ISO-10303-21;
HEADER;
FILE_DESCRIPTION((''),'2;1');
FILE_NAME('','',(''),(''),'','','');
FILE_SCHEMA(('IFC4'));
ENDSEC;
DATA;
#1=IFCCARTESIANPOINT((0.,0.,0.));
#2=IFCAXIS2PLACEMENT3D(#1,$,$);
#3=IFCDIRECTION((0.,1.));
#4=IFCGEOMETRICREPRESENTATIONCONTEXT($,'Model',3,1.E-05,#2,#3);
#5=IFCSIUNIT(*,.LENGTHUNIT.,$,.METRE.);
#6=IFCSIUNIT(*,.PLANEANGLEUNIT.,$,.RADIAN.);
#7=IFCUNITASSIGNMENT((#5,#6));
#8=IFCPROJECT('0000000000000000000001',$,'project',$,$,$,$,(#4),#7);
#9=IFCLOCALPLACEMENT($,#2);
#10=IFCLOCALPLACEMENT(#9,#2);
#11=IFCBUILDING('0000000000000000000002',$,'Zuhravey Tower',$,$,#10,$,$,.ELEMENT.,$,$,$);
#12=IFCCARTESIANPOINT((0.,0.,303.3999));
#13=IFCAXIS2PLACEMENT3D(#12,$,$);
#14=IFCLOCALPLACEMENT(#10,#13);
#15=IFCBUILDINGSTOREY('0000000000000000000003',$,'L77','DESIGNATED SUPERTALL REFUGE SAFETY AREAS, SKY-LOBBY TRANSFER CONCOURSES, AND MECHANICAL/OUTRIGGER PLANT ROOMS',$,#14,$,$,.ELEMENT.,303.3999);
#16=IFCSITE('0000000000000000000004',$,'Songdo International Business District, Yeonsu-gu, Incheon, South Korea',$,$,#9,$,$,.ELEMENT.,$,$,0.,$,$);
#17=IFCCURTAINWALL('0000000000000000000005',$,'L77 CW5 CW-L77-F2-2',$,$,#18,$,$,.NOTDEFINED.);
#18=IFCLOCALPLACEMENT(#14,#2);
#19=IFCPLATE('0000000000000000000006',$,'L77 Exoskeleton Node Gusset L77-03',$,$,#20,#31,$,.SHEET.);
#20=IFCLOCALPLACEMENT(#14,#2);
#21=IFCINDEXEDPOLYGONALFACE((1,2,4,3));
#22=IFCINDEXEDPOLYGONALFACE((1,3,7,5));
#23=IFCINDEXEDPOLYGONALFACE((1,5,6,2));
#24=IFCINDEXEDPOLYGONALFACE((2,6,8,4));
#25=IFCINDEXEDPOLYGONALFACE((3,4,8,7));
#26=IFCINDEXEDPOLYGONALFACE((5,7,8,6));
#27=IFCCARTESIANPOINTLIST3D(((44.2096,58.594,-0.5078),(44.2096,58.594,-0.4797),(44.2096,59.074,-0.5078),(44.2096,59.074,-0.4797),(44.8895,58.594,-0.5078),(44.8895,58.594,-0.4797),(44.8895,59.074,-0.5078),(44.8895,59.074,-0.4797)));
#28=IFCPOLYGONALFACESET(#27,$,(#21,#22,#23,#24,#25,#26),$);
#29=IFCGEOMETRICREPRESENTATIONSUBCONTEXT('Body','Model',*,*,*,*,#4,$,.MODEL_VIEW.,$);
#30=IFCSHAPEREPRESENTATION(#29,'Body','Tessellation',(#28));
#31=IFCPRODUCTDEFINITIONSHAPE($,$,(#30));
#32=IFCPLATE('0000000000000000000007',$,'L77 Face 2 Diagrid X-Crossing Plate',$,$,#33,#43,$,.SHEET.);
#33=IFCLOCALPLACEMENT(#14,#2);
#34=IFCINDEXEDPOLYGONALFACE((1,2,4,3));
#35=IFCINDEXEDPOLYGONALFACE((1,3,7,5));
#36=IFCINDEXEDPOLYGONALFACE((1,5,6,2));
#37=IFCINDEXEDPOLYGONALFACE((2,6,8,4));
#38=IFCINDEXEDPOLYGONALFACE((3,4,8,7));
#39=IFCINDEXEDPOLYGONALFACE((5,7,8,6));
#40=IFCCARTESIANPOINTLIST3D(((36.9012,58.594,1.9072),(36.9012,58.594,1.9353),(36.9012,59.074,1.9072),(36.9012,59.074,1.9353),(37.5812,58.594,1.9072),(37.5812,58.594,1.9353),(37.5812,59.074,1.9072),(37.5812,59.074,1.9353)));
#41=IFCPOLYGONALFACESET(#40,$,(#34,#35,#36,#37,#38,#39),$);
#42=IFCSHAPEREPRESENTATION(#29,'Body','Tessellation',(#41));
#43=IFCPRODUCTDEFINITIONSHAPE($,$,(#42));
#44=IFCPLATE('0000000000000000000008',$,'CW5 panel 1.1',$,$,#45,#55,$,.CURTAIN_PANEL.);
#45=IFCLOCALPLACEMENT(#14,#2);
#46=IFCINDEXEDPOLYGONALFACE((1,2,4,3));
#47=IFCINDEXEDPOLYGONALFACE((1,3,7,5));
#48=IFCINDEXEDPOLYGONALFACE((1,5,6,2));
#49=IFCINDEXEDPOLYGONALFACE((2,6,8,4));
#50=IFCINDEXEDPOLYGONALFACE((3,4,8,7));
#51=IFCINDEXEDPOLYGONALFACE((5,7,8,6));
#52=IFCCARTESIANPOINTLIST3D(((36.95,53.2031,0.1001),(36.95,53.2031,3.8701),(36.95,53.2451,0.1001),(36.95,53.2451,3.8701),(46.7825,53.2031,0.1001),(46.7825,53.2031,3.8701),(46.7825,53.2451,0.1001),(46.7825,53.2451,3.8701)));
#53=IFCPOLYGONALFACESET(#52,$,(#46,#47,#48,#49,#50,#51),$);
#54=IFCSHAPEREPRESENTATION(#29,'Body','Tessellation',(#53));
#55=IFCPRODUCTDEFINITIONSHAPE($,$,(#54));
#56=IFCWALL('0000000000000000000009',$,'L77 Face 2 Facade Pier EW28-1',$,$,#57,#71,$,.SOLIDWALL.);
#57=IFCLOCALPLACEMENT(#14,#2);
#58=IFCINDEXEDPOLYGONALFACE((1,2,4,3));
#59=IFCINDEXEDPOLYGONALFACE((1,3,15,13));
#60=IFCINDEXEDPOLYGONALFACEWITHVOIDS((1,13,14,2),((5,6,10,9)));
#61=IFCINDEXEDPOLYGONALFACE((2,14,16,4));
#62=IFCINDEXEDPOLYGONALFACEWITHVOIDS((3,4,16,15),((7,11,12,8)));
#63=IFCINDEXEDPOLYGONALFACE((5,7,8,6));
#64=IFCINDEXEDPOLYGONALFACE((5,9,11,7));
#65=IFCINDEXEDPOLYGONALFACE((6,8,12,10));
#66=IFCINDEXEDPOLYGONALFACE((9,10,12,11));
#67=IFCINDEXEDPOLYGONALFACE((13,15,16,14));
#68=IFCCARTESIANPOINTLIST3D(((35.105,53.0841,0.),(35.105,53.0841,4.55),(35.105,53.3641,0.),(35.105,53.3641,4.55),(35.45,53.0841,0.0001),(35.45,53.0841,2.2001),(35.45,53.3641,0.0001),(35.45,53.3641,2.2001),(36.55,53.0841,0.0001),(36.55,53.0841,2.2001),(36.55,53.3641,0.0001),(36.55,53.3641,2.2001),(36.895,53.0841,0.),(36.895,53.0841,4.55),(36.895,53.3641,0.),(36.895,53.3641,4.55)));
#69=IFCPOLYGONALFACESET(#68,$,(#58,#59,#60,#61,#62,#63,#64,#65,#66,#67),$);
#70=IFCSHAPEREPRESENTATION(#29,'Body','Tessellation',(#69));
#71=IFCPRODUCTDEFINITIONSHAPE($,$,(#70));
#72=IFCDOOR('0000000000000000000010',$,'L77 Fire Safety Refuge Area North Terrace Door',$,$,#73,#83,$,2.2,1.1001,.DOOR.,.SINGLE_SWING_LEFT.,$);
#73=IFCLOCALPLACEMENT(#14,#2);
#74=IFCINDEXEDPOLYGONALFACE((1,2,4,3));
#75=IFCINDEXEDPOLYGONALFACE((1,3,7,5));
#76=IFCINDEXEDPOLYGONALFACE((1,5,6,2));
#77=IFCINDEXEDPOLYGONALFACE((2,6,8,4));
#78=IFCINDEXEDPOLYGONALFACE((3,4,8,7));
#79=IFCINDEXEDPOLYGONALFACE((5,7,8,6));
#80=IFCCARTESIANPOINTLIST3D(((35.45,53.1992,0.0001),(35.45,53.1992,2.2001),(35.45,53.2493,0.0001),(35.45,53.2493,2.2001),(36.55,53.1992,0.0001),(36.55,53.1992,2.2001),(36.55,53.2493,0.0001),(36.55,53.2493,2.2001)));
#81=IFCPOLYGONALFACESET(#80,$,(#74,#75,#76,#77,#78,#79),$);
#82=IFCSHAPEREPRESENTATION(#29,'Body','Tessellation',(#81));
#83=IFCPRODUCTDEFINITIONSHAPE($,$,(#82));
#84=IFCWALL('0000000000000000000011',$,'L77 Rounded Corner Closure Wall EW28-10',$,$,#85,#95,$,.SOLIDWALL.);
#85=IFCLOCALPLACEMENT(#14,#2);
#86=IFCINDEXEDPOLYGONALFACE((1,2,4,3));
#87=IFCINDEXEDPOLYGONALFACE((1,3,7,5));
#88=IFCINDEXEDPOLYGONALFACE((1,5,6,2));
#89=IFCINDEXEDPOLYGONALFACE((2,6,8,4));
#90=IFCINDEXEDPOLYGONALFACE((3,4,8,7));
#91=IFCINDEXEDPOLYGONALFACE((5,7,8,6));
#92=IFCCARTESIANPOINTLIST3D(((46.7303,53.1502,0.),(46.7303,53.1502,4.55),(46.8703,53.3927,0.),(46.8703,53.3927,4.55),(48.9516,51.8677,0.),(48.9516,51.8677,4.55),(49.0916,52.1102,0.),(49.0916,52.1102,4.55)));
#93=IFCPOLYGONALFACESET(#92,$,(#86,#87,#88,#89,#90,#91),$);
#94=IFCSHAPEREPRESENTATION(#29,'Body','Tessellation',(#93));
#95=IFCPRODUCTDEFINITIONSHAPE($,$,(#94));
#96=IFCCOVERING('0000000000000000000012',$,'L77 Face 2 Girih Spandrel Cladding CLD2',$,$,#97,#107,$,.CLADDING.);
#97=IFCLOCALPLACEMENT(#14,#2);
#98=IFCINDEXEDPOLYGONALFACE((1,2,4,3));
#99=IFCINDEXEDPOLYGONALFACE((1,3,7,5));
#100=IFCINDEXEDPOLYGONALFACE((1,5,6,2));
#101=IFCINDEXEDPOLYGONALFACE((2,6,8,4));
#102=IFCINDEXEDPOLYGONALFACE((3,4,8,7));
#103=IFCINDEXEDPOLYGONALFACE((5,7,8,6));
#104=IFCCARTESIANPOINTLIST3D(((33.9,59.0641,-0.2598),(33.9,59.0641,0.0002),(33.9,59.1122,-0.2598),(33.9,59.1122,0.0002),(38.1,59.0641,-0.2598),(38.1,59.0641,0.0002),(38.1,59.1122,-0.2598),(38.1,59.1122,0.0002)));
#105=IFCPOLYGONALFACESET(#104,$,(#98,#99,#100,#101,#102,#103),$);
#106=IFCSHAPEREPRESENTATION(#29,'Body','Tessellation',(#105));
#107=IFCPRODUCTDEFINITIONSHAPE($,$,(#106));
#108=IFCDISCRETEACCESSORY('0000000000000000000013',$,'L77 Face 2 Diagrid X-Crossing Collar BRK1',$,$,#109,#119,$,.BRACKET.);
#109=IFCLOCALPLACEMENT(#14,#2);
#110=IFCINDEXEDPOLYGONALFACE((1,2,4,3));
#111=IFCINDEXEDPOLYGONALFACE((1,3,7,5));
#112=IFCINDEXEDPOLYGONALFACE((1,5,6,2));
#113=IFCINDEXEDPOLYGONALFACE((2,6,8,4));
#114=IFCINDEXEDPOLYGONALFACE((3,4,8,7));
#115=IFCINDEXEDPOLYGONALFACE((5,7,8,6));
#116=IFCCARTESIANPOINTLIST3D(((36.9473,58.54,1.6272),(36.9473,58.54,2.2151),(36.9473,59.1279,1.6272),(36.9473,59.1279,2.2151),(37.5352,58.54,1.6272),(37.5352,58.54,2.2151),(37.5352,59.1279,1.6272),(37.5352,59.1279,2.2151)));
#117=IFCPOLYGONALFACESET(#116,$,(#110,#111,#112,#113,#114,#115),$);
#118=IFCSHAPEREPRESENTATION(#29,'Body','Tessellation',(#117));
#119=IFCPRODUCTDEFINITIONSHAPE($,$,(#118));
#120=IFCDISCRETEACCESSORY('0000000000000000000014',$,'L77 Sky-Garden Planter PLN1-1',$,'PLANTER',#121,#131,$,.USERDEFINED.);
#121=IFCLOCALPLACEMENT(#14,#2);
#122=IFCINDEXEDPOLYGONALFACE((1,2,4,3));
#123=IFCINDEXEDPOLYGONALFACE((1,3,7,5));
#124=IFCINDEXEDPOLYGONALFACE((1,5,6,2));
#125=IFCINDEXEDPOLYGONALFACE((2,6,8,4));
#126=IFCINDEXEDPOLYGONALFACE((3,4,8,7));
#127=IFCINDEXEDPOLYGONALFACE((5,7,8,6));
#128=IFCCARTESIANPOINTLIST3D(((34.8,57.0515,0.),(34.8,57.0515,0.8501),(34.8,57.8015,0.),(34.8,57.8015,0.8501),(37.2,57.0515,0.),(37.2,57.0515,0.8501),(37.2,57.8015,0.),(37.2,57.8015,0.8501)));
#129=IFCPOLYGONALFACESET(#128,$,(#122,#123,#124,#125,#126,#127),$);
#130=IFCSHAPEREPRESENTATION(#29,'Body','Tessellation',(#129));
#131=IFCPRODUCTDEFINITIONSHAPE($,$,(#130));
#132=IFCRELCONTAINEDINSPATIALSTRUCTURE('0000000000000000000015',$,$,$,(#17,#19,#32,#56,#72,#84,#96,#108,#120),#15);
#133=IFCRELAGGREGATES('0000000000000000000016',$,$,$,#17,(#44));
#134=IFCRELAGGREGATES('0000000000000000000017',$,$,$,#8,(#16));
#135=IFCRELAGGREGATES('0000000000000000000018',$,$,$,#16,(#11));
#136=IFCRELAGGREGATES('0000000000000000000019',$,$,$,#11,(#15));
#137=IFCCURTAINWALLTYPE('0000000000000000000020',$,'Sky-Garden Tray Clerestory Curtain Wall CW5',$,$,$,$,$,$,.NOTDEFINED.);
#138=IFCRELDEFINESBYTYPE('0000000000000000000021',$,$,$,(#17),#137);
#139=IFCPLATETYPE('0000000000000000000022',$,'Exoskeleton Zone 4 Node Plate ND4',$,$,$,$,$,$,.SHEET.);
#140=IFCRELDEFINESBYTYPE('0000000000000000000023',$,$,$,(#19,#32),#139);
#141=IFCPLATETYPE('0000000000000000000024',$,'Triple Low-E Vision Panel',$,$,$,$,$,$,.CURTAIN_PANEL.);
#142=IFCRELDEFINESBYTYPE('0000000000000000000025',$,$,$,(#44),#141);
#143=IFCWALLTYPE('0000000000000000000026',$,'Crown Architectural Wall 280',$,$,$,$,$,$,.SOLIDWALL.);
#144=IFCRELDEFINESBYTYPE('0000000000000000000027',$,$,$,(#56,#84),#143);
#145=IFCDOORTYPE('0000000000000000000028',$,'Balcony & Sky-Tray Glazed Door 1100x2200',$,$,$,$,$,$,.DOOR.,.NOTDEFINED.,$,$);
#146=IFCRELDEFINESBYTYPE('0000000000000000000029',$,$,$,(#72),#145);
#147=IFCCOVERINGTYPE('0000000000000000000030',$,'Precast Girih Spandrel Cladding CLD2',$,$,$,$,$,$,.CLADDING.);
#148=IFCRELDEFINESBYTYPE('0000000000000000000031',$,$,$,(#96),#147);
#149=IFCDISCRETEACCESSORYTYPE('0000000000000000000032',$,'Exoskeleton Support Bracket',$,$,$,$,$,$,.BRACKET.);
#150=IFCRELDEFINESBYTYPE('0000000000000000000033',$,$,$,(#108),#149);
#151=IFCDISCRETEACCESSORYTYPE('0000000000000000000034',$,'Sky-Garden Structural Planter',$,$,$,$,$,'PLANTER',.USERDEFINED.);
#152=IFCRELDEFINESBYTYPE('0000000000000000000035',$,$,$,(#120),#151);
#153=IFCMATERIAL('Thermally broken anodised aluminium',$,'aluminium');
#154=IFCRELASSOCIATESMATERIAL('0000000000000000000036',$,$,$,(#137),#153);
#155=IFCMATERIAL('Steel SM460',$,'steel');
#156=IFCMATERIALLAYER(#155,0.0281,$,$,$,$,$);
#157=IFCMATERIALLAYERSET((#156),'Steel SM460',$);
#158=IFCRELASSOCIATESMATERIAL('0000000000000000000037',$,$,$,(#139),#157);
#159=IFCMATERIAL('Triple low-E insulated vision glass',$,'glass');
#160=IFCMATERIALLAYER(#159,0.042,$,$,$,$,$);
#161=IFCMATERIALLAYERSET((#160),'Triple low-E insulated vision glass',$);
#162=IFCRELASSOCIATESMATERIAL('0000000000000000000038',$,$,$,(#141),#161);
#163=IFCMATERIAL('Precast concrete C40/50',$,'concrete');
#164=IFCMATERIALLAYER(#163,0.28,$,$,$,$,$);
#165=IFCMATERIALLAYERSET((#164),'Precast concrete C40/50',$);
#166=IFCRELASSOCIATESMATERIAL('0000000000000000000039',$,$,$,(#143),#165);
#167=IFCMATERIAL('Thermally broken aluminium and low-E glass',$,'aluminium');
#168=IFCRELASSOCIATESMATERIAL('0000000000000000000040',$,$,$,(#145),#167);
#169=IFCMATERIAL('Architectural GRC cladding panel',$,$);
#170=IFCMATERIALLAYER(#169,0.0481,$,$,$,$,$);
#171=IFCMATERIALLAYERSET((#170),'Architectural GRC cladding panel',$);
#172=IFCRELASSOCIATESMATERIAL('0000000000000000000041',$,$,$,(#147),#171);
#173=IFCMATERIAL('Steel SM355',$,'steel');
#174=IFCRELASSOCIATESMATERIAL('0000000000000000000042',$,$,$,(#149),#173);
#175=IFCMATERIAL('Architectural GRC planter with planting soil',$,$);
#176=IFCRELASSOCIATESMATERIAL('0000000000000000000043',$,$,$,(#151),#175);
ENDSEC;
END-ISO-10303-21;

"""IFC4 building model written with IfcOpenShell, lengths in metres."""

from ifc_helpers import new_model, si_unit, direction, frame, frame_2d, origin, origin_2d, place, context, subcontext, project, spatial, rectangle, extrude, material, layer, layer_set, type_object, element, fill, aggregate, save


model = new_model("IFC4")

# Units and contexts
model_context = context("Model", 3, precision=1e-05, world=origin(), true_north=direction((0.0, 1.0)))
body_context = subcontext(model_context, "Body", "Model", "MODEL_VIEW")
ifc_project = project(units=[si_unit("LENGTHUNIT", "METRE"), si_unit("PLANEANGLEUNIT", "RADIAN")], contexts=[model_context])

# Site, building, storey
site_placement = place(None, origin())
site = spatial("IfcSite", under=ifc_project, at=site_placement, Name="Songdo International Business District, Yeonsu-gu, Incheon, South Korea", CompositionType="ELEMENT", RefElevation=0.0)
building_placement = place(site_placement, origin())
building = spatial("IfcBuilding", under=site, at=building_placement, Name="Zuhravey Tower", CompositionType="ELEMENT")
storey_placement = place(building_placement, frame((0.0, 0.0, 303.3999)))
storey = spatial("IfcBuildingStorey", under=building, at=storey_placement, Name="L77", Description="DESIGNATED SUPERTALL REFUGE SAFETY AREAS, SKY-LOBBY TRANSFER CONCOURSES, AND MECHANICAL/OUTRIGGER PLANT ROOMS", CompositionType="ELEMENT", Elevation=303.3999)

# Shared definitions
ifc_material_1 = material(Name="Steel SM355", Category="steel")

# Shared definitions
ifc_material_2 = material(Name="Steel SM460", Category="steel")

# Shared definitions
ifc_material_3 = material(Name="Thermally broken anodised aluminium", Category="aluminium")
curtain_wall_type = type_object("IfcCurtainWallType", Name="Sky-Garden Tray Clerestory Curtain Wall CW5", PredefinedType="NOTDEFINED", material=ifc_material_3)

# Curtain wall
curtain_wall_1_placement = place(storey_placement, origin())
curtain_wall_1 = element("IfcCurtainWall", 1, at=curtain_wall_1_placement, inside=storey, type_object=curtain_wall_type, Name="L77 CW5 CW-L77-F2-2", PredefinedType="NOTDEFINED")

# Plates
ifc_layer_1 = layer(ifc_material_2, 0.0281)
ifc_layer_set_1 = layer_set([ifc_layer_1], Name="Steel SM460")
plate_type_1 = type_object("IfcPlateType", Name="Exoskeleton Zone 4 Node Plate ND4", PredefinedType="SHEET", material=ifc_layer_set_1)
for number, where, z_axis, x_axis, name in (
    (2, (44.5496, 58.834, -0.5078), (0.0, 0.0, 1.0), (-1.0, 0.0, 0.0), "L77 Exoskeleton Node Gusset L77-03"),
    (3, (37.2412, 58.834, 1.9072), (0.0, 0.0, 1.0), (-1.0, 0.0, 0.0), "L77 Face 2 Diagrid X-Crossing Plate"),
):
    element("IfcPlate", number, at=place(storey_placement, frame(where, z_axis=z_axis, x_axis=x_axis)), inside=storey, type_object=plate_type_1, Name=name, PredefinedType="SHEET", context=body_context, shape_type="SweptSolid", body=[
        extrude(rectangle(XDim=0.6799, YDim=0.48, at=origin_2d()), origin(), (0.0, 0.0, 1.0), 0.0281),
    ])

# Plate
ifc_material_4 = material(Name="Triple low-E insulated vision glass", Category="glass")
ifc_layer_2 = layer(ifc_material_4, 0.042)
ifc_layer_set_2 = layer_set([ifc_layer_2], Name="Triple low-E insulated vision glass")
plate_type_2 = type_object("IfcPlateType", Name="Triple Low-E Vision Panel", PredefinedType="CURTAIN_PANEL", material=ifc_layer_set_2)
plate_1_placement = place(storey_placement, frame((41.8662, 53.2241, 0.1001), z_axis=(0.0, 0.0, 1.0), x_axis=(1.0, 0.0, 0.0)))
plate_1 = element("IfcPlate", 4, at=plate_1_placement, type_object=plate_type_2, Name="CW5 panel 1.1", PredefinedType="CURTAIN_PANEL", context=body_context, shape_type="SweptSolid", body=[
    extrude(rectangle(XDim=9.8325, YDim=0.042, at=origin_2d()), origin(), (0.0, 0.0, 1.0), 3.77),
])
aggregate(curtain_wall_1, [plate_1])

# Wall, opening, door
ifc_material_5 = material(Name="Precast concrete C40/50", Category="concrete")
ifc_layer_3 = layer(ifc_material_5, 0.28)
ifc_layer_set_3 = layer_set([ifc_layer_3], Name="Precast concrete C40/50")
wall_type = type_object("IfcWallType", Name="Crown Architectural Wall 280", PredefinedType="SOLIDWALL", material=ifc_layer_set_3)
wall_1_placement = place(storey_placement, frame((35.105, 53.2241, 0.0), z_axis=(0.0, 0.0, 1.0), x_axis=(1.0, 0.0, 0.0)))
wall_1 = element("IfcWall", 5, at=wall_1_placement, inside=storey, type_object=wall_type, Name="L77 Face 2 Facade Pier EW28-1", PredefinedType="SOLIDWALL", context=body_context, shape_type="SweptSolid", body=[
    extrude(rectangle(XDim=1.79, YDim=0.28, at=frame_2d((0.895, 0.0))), origin(), (0.0, 0.0, 1.0), 4.55),
])
opening_placement = place(wall_1_placement, frame((0.345, 0.0, 0.0)))
opening = element("IfcOpeningElement", 6, at=opening_placement, cuts=wall_1, PredefinedType="OPENING", context=body_context, shape_type="SweptSolid", body=[
    extrude(rectangle(XDim=1.1001, YDim=2.2, at=frame_2d((0.55, 1.1001))), frame((0.0, 0.1521, 0.0), z_axis=(0.0, -1.0, 0.0), x_axis=(1.0, 0.0, 0.0)), (0.0, 0.0, 1.0), 0.304),
])
ifc_material_6 = material(Name="Thermally broken aluminium and low-E glass", Category="aluminium")
door_type = type_object("IfcDoorType", Name="Balcony & Sky-Tray Glazed Door 1100x2200", OperationType="NOTDEFINED", PredefinedType="DOOR", material=ifc_material_6)
door_placement = place(opening_placement, frame((1.1001, 0.0, 0.0), z_axis=(0.0, 0.0, 1.0), x_axis=(-1.0, 0.0, 0.0)))
door = element("IfcDoor", 7, at=door_placement, inside=storey, type_object=door_type, Name="L77 Fire Safety Refuge Area North Terrace Door", OperationType="SINGLE_SWING_LEFT", OverallHeight=2.2, OverallWidth=1.1001, PredefinedType="DOOR", context=body_context, shape_type="SweptSolid", body=[
    extrude(rectangle(XDim=1.1001, YDim=2.2, at=frame_2d((0.55, 1.1001))), frame((0.0, 0.0249, 0.0), z_axis=(0.0, -1.0, 0.0), x_axis=(1.0, 0.0, 0.0)), (0.0, 0.0, 1.0), 0.05),
])
fill(opening, door)

# Wall
wall_2_placement = place(storey_placement, frame((46.8003, 53.2715, 0.0), z_axis=(0.0, 0.0, 1.0), x_axis=(0.866014, -0.500019, 0.0)))
element("IfcWall", 8, at=wall_2_placement, inside=storey, type_object=wall_type, Name="L77 Rounded Corner Closure Wall EW28-10", PredefinedType="SOLIDWALL", context=body_context, shape_type="SweptSolid", body=[
    extrude(rectangle(XDim=2.5649, YDim=0.28, at=frame_2d((1.2825, 0.0))), origin(), (0.0, 0.0, 1.0), 4.55),
])

# Covering
ifc_material_7 = material(Name="Architectural GRC cladding panel")
ifc_layer_4 = layer(ifc_material_7, 0.0481)
ifc_layer_set_4 = layer_set([ifc_layer_4], Name="Architectural GRC cladding panel")
covering_type = type_object("IfcCoveringType", Name="Precast Girih Spandrel Cladding CLD2", PredefinedType="CLADDING", material=ifc_layer_set_4)
covering_placement = place(storey_placement, frame((36.0, 59.0881, -0.2598), z_axis=(0.0, 0.0, 1.0), x_axis=(1.0, 0.0, 0.0)))
element("IfcCovering", 9, at=covering_placement, inside=storey, type_object=covering_type, Name="L77 Face 2 Girih Spandrel Cladding CLD2", PredefinedType="CLADDING", context=body_context, shape_type="SweptSolid", body=[
    extrude(rectangle(XDim=4.2, YDim=0.0481, at=origin_2d()), origin(), (0.0, 0.0, 1.0), 0.26),
])

# Discrete accessories
discrete_accessory_type_1 = type_object("IfcDiscreteAccessoryType", Name="Exoskeleton Support Bracket", PredefinedType="BRACKET", material=ifc_material_1)
discrete_accessory_1_placement = place(storey_placement, frame((37.2412, 58.834, 1.6272), z_axis=(0.0, 0.0, 1.0), x_axis=(-1.0, 0.0, 0.0)))
element("IfcDiscreteAccessory", 10, at=discrete_accessory_1_placement, inside=storey, type_object=discrete_accessory_type_1, Name="L77 Face 2 Diagrid X-Crossing Collar BRK1", PredefinedType="BRACKET", context=body_context, shape_type="SweptSolid", body=[
    extrude(rectangle(XDim=0.5879, YDim=0.5879, at=origin_2d()), origin(), (0.0, 0.0, 1.0), 0.5879),
])
ifc_material_8 = material(Name="Architectural GRC planter with planting soil")
discrete_accessory_type_2 = type_object("IfcDiscreteAccessoryType", Name="Sky-Garden Structural Planter", ElementType="PLANTER", PredefinedType="USERDEFINED", material=ifc_material_8)
discrete_accessory_2_placement = place(storey_placement, frame((36.0, 57.4265, 0.0), z_axis=(0.0, 0.0, 1.0), x_axis=(-1.0, 0.0, 0.0)))
element("IfcDiscreteAccessory", 11, at=discrete_accessory_2_placement, inside=storey, type_object=discrete_accessory_type_2, Name="L77 Sky-Garden Planter PLN1-1", ObjectType="PLANTER", PredefinedType="USERDEFINED", context=body_context, shape_type="SweptSolid", body=[
    extrude(rectangle(XDim=2.3999, YDim=0.75, at=origin_2d()), origin(), (0.0, 0.0, 1.0), 0.8501),
])

save(model, "model.ifc")
